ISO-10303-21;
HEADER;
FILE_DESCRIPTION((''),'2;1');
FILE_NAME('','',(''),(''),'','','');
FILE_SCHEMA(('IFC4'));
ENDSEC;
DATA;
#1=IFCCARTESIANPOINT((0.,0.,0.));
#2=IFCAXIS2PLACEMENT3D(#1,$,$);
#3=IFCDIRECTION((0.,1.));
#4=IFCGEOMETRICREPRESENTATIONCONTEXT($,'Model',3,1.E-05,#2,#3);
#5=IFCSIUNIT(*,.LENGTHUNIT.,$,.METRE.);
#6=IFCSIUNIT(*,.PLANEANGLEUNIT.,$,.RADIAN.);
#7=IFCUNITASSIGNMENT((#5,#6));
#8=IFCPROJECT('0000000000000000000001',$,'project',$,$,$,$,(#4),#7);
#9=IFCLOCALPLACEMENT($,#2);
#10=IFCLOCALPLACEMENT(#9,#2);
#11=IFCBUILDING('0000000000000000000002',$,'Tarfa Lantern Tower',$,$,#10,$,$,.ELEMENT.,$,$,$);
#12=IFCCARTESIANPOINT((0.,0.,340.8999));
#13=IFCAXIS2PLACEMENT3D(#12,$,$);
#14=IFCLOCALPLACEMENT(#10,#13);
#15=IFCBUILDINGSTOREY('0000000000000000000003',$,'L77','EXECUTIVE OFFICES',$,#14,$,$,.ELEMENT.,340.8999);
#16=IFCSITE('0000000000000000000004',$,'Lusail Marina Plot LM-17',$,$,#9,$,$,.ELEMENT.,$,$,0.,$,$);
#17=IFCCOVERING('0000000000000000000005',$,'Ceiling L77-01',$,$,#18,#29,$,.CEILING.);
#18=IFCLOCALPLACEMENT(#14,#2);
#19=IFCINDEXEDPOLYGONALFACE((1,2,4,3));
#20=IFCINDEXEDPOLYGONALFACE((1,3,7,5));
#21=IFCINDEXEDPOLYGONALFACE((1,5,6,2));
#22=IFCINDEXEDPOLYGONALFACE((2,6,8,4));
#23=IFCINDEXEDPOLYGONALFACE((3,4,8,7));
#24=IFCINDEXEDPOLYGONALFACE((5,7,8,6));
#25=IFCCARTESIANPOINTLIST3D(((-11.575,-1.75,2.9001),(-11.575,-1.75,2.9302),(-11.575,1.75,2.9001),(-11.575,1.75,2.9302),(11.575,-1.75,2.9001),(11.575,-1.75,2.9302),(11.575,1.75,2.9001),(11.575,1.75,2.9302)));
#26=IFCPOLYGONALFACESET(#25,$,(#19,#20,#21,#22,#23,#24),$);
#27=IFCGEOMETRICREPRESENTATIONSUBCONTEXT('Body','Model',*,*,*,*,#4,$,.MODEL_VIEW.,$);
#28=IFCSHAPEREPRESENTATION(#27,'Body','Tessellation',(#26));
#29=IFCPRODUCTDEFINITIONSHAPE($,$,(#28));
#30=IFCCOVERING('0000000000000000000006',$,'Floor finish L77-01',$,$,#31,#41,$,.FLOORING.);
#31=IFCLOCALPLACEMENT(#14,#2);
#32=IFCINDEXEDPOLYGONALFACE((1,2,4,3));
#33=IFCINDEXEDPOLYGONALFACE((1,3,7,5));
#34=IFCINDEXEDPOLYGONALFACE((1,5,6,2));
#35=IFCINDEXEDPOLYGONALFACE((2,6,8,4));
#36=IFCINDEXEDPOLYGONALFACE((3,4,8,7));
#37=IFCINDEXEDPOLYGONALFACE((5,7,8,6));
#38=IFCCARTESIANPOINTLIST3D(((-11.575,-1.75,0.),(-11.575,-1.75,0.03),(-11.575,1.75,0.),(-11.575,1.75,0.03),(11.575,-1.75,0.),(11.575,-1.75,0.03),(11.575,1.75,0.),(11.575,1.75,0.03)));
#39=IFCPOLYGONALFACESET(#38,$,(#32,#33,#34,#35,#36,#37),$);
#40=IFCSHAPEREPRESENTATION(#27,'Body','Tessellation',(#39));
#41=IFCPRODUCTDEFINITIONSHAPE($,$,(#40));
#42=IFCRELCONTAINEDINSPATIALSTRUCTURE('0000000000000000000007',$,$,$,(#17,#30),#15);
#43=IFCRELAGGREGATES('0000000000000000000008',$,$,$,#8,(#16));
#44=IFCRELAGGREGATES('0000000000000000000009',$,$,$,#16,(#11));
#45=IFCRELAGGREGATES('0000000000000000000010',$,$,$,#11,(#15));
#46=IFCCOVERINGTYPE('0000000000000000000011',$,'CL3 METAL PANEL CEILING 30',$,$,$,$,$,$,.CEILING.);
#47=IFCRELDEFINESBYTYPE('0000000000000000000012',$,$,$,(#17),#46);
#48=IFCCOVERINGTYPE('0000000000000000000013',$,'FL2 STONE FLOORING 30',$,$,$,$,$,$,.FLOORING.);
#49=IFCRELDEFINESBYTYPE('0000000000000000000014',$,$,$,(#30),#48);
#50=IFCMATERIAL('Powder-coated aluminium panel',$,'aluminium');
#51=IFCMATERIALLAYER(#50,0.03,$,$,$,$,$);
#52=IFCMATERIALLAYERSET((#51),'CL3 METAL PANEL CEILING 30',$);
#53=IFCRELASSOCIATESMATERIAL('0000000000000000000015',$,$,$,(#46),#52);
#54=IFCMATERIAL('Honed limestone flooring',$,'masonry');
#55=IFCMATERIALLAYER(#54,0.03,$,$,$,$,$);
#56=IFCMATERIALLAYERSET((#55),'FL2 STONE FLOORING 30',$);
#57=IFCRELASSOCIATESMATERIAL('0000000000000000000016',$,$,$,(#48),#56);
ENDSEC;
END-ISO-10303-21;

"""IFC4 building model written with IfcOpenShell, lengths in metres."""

from ifc_helpers import new_model, si_unit, direction, frame, origin, place, context, subcontext, project, spatial, polyline, outline, extrude, material, layer, layer_set, type_object, element, save


model = new_model("IFC4")

# Units and contexts
model_context = context("Model", 3, precision=1e-05, world=origin(), true_north=direction((0.0, 1.0)))
body_context = subcontext(model_context, "Body", "Model", "MODEL_VIEW")
ifc_project = project(units=[si_unit("LENGTHUNIT", "METRE"), si_unit("PLANEANGLEUNIT", "RADIAN")], contexts=[model_context])

# Site, building, storey
site_placement = place(None, origin())
site = spatial("IfcSite", under=ifc_project, at=site_placement, Name="Lusail Marina Plot LM-17", CompositionType="ELEMENT", RefElevation=0.0)
building_placement = place(site_placement, origin())
building = spatial("IfcBuilding", under=site, at=building_placement, Name="Tarfa Lantern Tower", CompositionType="ELEMENT")
storey_placement = place(building_placement, frame((0.0, 0.0, 340.8999)))
storey = spatial("IfcBuildingStorey", under=building, at=storey_placement, Name="L77", Description="EXECUTIVE OFFICES", CompositionType="ELEMENT", Elevation=340.8999)

# Coverings
ifc_material_1 = material(Name="Powder-coated aluminium panel", Category="aluminium")
ifc_layer_1 = layer(ifc_material_1, 0.03)
ifc_layer_set_1 = layer_set([ifc_layer_1], Name="CL3 METAL PANEL CEILING 30")
covering_type_1 = type_object("IfcCoveringType", Name="CL3 METAL PANEL CEILING 30", PredefinedType="CEILING", material=ifc_layer_set_1)
covering_1_placement = place(storey_placement, frame((0.0, 0.0, 2.9001)))
element("IfcCovering", 1, at=covering_1_placement, inside=storey, type_object=covering_type_1, Name="Ceiling L77-01", PredefinedType="CEILING", context=body_context, shape_type="SweptSolid", body=[
    extrude(outline(polyline([(-11.575, -1.75), (11.575, -1.75), (11.575, 1.75), (-11.575, 1.75), (-11.575, -1.75)])), origin(), (0.0, 0.0, 1.0), 0.03),
])
ifc_material_2 = material(Name="Honed limestone flooring", Category="masonry")
ifc_layer_2 = layer(ifc_material_2, 0.03)
ifc_layer_set_2 = layer_set([ifc_layer_2], Name="FL2 STONE FLOORING 30")
covering_type_2 = type_object("IfcCoveringType", Name="FL2 STONE FLOORING 30", PredefinedType="FLOORING", material=ifc_layer_set_2)
covering_2_placement = place(storey_placement, origin())
element("IfcCovering", 2, at=covering_2_placement, inside=storey, type_object=covering_type_2, Name="Floor finish L77-01", PredefinedType="FLOORING", context=body_context, shape_type="SweptSolid", body=[
    extrude(outline(polyline([(-11.575, -1.75), (11.575, -1.75), (11.575, 1.75), (-11.575, 1.75), (-11.575, -1.75)])), origin(), (0.0, 0.0, 1.0), 0.03),
])

save(model, "model.ifc")
